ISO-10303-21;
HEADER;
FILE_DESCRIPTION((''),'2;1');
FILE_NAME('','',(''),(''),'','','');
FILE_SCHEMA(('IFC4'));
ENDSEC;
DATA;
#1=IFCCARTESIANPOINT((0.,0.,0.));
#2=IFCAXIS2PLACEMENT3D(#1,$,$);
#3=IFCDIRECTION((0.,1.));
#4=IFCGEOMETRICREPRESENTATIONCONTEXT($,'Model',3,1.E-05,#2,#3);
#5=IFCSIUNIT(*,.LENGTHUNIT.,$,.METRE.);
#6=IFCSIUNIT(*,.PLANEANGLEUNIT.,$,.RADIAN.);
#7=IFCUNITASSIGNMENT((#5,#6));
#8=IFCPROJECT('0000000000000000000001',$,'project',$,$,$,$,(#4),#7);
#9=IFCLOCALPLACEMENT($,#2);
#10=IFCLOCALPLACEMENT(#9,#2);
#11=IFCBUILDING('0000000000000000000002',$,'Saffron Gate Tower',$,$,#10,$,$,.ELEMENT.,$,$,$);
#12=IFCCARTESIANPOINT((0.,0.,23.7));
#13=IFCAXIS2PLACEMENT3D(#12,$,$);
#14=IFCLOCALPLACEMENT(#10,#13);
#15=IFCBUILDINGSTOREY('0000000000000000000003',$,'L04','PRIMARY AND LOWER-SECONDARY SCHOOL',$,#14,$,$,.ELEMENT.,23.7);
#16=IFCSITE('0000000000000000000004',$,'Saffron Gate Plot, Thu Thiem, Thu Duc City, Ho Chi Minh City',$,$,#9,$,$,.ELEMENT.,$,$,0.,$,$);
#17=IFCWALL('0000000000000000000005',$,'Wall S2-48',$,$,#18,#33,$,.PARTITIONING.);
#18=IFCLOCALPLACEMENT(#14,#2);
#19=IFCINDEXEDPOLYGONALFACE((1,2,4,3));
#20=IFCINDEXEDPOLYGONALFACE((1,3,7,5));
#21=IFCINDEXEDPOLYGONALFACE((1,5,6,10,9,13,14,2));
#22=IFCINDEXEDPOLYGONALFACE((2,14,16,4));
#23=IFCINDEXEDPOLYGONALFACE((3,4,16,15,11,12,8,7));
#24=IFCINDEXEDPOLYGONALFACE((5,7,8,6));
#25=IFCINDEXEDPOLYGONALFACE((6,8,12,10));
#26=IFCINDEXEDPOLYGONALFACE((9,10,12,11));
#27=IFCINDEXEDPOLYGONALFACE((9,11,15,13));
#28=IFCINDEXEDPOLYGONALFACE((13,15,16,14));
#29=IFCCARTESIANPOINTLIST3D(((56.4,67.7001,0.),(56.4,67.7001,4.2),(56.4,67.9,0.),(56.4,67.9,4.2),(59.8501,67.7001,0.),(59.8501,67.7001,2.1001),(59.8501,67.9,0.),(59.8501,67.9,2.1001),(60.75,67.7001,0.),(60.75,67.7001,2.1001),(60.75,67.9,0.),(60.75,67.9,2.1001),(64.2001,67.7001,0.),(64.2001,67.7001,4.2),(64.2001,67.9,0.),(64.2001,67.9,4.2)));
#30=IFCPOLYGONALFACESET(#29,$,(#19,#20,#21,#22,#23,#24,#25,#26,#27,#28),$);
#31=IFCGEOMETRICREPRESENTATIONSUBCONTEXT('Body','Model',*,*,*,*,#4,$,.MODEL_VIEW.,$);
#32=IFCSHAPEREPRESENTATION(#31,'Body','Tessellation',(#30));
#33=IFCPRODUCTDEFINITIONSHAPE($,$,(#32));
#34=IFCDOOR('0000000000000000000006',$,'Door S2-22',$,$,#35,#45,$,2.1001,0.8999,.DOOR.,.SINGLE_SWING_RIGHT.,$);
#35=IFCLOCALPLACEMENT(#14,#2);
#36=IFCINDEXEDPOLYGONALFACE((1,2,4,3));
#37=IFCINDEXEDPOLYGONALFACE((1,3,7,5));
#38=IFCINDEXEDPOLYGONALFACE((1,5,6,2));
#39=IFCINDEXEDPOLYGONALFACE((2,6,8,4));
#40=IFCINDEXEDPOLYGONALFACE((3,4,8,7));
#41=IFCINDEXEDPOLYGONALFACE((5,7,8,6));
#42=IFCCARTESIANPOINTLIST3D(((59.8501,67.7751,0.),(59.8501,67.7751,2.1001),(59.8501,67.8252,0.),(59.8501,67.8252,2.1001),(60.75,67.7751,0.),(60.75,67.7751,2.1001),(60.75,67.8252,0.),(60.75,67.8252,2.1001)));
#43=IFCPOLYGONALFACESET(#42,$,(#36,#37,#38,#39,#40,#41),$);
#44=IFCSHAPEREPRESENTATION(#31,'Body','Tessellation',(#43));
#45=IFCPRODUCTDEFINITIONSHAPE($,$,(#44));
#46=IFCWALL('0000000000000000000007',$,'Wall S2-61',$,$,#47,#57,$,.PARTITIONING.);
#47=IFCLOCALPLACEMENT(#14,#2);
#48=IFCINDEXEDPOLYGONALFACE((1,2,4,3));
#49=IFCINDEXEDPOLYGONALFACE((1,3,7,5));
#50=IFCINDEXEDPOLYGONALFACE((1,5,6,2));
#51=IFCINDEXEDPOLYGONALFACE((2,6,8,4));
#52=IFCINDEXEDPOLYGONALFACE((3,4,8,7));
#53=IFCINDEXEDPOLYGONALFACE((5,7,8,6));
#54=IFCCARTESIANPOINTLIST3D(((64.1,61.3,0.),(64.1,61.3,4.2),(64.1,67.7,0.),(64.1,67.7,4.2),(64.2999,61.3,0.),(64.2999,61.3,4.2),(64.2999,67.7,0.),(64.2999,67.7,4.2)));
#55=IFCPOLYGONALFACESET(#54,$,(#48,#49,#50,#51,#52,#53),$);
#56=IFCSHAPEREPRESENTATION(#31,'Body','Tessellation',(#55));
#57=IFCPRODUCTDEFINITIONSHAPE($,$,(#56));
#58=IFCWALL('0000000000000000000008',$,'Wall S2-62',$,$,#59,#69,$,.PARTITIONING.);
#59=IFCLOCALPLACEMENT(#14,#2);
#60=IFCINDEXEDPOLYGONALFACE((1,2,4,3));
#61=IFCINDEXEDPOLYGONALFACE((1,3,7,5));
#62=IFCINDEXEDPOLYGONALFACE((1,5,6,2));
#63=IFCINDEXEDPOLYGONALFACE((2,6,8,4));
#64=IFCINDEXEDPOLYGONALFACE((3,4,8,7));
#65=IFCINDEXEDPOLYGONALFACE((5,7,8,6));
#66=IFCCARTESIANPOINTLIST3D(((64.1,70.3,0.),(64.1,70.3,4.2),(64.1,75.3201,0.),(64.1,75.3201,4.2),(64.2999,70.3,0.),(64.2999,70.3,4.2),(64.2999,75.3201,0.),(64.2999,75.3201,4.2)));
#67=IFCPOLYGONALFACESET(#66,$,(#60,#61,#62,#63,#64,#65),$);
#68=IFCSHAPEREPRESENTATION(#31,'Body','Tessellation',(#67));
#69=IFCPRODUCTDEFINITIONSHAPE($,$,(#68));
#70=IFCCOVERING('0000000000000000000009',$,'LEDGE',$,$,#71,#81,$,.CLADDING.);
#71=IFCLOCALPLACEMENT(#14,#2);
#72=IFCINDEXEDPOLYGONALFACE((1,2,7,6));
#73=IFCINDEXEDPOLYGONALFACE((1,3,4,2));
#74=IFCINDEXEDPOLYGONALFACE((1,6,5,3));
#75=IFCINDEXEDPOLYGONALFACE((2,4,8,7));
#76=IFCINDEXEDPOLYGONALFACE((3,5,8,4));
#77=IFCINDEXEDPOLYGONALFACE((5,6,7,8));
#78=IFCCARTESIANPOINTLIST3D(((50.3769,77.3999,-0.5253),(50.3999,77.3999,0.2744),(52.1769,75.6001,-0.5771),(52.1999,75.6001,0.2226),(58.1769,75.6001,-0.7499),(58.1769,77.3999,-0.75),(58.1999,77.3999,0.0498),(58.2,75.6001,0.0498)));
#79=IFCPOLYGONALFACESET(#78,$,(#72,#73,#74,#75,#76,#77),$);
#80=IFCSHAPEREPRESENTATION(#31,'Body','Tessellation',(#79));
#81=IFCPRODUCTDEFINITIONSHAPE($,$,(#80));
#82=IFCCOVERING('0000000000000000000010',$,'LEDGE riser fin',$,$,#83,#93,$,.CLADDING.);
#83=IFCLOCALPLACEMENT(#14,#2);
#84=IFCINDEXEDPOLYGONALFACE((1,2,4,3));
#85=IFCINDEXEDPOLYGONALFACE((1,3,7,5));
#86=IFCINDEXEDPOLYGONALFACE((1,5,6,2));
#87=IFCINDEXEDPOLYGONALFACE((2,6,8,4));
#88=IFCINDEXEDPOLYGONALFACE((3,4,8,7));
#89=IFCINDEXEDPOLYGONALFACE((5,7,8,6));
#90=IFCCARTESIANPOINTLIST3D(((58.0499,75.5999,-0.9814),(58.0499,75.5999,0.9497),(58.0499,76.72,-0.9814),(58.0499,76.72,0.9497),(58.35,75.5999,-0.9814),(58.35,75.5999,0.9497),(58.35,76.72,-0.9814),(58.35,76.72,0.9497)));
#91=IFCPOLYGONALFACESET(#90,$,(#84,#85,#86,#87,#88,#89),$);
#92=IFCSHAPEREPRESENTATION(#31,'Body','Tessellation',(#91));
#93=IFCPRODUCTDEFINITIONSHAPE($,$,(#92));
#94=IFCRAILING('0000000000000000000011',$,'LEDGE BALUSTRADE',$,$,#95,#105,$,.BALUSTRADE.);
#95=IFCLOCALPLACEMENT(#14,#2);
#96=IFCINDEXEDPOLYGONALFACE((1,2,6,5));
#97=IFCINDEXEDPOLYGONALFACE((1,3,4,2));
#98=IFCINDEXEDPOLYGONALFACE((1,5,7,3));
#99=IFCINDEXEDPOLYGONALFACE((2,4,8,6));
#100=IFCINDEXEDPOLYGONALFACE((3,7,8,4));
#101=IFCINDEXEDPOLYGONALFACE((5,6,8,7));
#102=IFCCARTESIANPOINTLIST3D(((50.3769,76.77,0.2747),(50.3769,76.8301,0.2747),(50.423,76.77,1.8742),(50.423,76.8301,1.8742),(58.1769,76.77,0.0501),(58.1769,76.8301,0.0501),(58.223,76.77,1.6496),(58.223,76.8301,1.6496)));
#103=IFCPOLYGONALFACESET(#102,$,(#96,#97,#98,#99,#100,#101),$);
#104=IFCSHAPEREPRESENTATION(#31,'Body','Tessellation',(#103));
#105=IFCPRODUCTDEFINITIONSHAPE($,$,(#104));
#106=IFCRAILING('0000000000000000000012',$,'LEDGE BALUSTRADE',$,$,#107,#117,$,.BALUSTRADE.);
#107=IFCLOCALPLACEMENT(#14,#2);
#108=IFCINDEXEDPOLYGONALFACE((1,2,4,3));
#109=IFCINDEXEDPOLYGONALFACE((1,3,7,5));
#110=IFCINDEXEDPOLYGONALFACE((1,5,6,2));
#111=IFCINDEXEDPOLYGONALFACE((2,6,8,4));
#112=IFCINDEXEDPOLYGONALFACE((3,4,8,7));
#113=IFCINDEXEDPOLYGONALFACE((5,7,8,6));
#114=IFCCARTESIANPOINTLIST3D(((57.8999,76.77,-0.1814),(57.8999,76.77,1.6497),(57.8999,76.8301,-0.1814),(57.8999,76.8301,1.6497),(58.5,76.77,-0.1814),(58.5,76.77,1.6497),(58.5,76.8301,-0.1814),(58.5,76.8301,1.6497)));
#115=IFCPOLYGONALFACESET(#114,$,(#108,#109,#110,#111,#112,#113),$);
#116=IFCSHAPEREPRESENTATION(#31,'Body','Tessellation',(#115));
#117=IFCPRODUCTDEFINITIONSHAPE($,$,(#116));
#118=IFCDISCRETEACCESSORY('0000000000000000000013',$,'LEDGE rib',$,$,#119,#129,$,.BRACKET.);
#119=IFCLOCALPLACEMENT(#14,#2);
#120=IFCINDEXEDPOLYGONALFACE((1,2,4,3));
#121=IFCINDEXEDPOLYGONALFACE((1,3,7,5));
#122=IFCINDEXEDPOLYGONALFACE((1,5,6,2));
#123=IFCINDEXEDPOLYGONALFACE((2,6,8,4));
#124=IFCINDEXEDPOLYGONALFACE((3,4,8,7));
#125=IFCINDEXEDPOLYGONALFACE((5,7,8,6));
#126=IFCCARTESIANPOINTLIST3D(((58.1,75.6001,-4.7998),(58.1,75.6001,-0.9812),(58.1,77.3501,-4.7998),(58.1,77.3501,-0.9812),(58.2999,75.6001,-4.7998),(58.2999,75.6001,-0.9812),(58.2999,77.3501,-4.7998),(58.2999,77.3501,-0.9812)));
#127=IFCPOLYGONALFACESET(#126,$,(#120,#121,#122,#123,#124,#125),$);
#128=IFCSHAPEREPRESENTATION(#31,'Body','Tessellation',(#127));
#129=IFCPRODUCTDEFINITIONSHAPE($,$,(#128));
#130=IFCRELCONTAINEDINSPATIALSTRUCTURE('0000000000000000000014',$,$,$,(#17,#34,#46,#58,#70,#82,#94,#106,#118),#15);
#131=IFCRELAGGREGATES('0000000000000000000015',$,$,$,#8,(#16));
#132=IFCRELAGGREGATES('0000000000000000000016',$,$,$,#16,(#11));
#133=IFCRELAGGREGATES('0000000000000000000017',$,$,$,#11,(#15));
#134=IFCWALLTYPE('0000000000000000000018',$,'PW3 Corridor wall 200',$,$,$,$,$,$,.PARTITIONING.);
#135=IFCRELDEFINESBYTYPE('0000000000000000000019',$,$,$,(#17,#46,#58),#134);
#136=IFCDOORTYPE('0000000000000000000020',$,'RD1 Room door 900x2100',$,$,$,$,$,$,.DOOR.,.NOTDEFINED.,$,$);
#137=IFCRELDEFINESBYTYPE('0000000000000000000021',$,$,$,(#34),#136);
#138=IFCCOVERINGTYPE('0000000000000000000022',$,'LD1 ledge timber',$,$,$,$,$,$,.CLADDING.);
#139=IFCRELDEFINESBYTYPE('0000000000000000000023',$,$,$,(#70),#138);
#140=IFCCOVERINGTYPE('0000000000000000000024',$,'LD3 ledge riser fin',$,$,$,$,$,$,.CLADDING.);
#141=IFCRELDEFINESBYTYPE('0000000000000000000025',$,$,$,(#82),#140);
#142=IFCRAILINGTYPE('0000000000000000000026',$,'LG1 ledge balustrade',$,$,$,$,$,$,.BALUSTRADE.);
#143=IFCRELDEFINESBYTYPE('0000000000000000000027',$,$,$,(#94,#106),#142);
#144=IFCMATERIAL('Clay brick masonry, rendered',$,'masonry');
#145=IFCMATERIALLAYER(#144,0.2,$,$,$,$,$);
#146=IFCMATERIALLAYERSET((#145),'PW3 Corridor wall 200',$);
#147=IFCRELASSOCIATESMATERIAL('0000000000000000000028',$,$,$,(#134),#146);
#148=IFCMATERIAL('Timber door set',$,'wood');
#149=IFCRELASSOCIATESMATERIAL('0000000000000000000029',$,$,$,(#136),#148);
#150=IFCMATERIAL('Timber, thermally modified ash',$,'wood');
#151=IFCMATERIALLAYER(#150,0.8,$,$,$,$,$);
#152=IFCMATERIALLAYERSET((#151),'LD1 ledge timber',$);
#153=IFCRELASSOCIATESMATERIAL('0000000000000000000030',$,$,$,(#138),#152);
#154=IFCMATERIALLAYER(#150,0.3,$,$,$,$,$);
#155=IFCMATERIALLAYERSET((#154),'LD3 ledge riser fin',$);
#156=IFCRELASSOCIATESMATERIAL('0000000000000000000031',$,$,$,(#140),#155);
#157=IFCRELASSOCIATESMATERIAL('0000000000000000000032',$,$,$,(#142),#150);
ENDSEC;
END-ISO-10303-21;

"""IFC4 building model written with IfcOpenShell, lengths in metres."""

from ifc_helpers import new_model, si_unit, direction, frame, frame_2d, origin, origin_2d, place, context, subcontext, project, spatial, polyline, rectangle, outline, extrude, material, layer, layer_set, type_object, element, fill, save


model = new_model("IFC4")

# Units and contexts
model_context = context("Model", 3, precision=1e-05, world=origin(), true_north=direction((0.0, 1.0)))
body_context = subcontext(model_context, "Body", "Model", "MODEL_VIEW")
ifc_project = project(units=[si_unit("LENGTHUNIT", "METRE"), si_unit("PLANEANGLEUNIT", "RADIAN")], contexts=[model_context])

# Site, building, storey
site_placement = place(None, origin())
site = spatial("IfcSite", under=ifc_project, at=site_placement, Name="Saffron Gate Plot, Thu Thiem, Thu Duc City, Ho Chi Minh City", CompositionType="ELEMENT", RefElevation=0.0)
building_placement = place(site_placement, origin())
building = spatial("IfcBuilding", under=site, at=building_placement, Name="Saffron Gate Tower", CompositionType="ELEMENT")
storey_placement = place(building_placement, frame((0.0, 0.0, 23.7)))
storey = spatial("IfcBuildingStorey", under=building, at=storey_placement, Name="L04", Description="PRIMARY AND LOWER-SECONDARY SCHOOL", CompositionType="ELEMENT", Elevation=23.7)

# Wall, opening, door
ifc_material_1 = material(Name="Clay brick masonry, rendered", Category="masonry")
ifc_layer_1 = layer(ifc_material_1, 0.2)
ifc_layer_set_1 = layer_set([ifc_layer_1], Name="PW3 Corridor wall 200")
wall_type_1 = type_object("IfcWallType", Name="PW3 Corridor wall 200", PredefinedType="PARTITIONING", material=ifc_layer_set_1)
wall_1_placement = place(storey_placement, frame((64.2, 67.8, 0.0), z_axis=(0.0, 0.0, 1.0), x_axis=(-1.0, 0.0, 0.0)))
wall_1 = element("IfcWall", 1, at=wall_1_placement, inside=storey, type_object=wall_type_1, Name="Wall S2-48", PredefinedType="PARTITIONING", context=body_context, shape_type="SweptSolid", body=[
    extrude(rectangle(XDim=7.8, YDim=0.2, at=frame_2d((3.8999, 0.0))), origin(), (0.0, 0.0, 1.0), 4.2),
])
opening_1_placement = place(wall_1_placement, frame((3.45, 0.0, 0.0)))
opening_1 = element("IfcOpeningElement", 2, at=opening_1_placement, cuts=wall_1, PredefinedType="OPENING", context=body_context, shape_type="SweptSolid", body=[
    extrude(rectangle(XDim=0.8999, YDim=2.1001, at=frame_2d((0.45, 1.05))), frame((0.0, 0.1099, 0.0), z_axis=(0.0, -1.0, 0.0), x_axis=(1.0, 0.0, 0.0)), (0.0, 0.0, 1.0), 0.22),
])
ifc_material_2 = material(Name="Timber door set", Category="wood")
door_type_1 = type_object("IfcDoorType", Name="RD1 Room door 900x2100", OperationType="NOTDEFINED", PredefinedType="DOOR", material=ifc_material_2)
door_1_placement = place(opening_1_placement, origin())
door_1 = element("IfcDoor", 3, at=door_1_placement, inside=storey, type_object=door_type_1, Name="Door S2-22", OperationType="SINGLE_SWING_RIGHT", OverallHeight=2.1001, OverallWidth=0.8999, PredefinedType="DOOR", context=body_context, shape_type="SweptSolid", body=[
    extrude(rectangle(XDim=0.8999, YDim=2.1001, at=frame_2d((0.45, 1.05))), frame((0.0, 0.0249, 0.0), z_axis=(0.0, -1.0, 0.0), x_axis=(1.0, 0.0, 0.0)), (0.0, 0.0, 1.0), 0.05),
])
fill(opening_1, door_1)

# Walls
wall_2_placement = place(storey_placement, frame((64.2, 67.7, 0.0), z_axis=(0.0, 0.0, 1.0), x_axis=(0.0, -1.0, 0.0)))
element("IfcWall", 4, at=wall_2_placement, inside=storey, type_object=wall_type_1, Name="Wall S2-61", PredefinedType="PARTITIONING", context=body_context, shape_type="SweptSolid", body=[
    extrude(rectangle(XDim=6.3999, YDim=0.2, at=frame_2d((3.2, 0.0))), origin(), (0.0, 0.0, 1.0), 4.2),
])
wall_3_placement = place(storey_placement, frame((64.2, 75.3201, 0.0), z_axis=(0.0, 0.0, 1.0), x_axis=(0.0, -1.0, 0.0)))
element("IfcWall", 5, at=wall_3_placement, inside=storey, type_object=wall_type_1, Name="Wall S2-62", PredefinedType="PARTITIONING", context=body_context, shape_type="SweptSolid", body=[
    extrude(rectangle(XDim=5.02, YDim=0.2, at=frame_2d((2.51, 0.0))), origin(), (0.0, 0.0, 1.0), 4.2),
])

# Coverings
ifc_material_3 = material(Name="Timber, thermally modified ash", Category="wood")
ifc_layer_2 = layer(ifc_material_3, 0.8)
ifc_layer_set_2 = layer_set([ifc_layer_2], Name="LD1 ledge timber")
covering_type_1 = type_object("IfcCoveringType", Name="LD1 ledge timber", PredefinedType="CLADDING", material=ifc_layer_set_2)
covering_1_placement = place(storey_placement, frame((58.2, 75.6001, 0.0498), z_axis=(0.028789, 0.000024, 0.999585), x_axis=(-0.999585, 0.0, 0.028789)))
element("IfcCovering", 6, at=covering_1_placement, inside=storey, type_object=covering_type_1, Name="LEDGE", PredefinedType="CLADDING", context=body_context, shape_type="SweptSolid", body=[
    extrude(outline(polyline([(0.0, 0.0), (6.0025, 0.0), (7.8033, -1.7998), (0.0, -1.7998), (0.0, 0.0)])), origin(), (0.0, 0.0, -1.0), 0.8),
])
ifc_layer_3 = layer(ifc_material_3, 0.3)
ifc_layer_set_3 = layer_set([ifc_layer_3], Name="LD3 ledge riser fin")
covering_type_2 = type_object("IfcCoveringType", Name="LD3 ledge riser fin", PredefinedType="CLADDING", material=ifc_layer_set_3)
covering_2_placement = place(storey_placement, frame((58.2, 76.1599, -0.9814), z_axis=(0.0, 0.0, 1.0), x_axis=(-1.0, 0.0, 0.0)))
element("IfcCovering", 7, at=covering_2_placement, inside=storey, type_object=covering_type_2, Name="LEDGE riser fin", PredefinedType="CLADDING", context=body_context, shape_type="SweptSolid", body=[
    extrude(rectangle(XDim=0.3, YDim=1.1201, at=origin_2d()), origin(), (0.0, 0.0, 1.0), 1.9312),
])

# Railings
railing_type = type_object("IfcRailingType", Name="LG1 ledge balustrade", PredefinedType="BALUSTRADE", material=ifc_material_3)
railing_1_placement = place(storey_placement, frame((58.2, 76.8, 0.0498)))
element("IfcRailing", 8, at=railing_1_placement, inside=storey, type_object=railing_type, Name="LEDGE BALUSTRADE", PredefinedType="BALUSTRADE", context=body_context, shape_type="SweptSolid", body=[
    extrude(rectangle(XDim=0.0601, YDim=1.6001, at=origin_2d()), frame((0.0, 0.0, 0.8), z_axis=(-0.999586, 0.0, 0.028784), x_axis=(0.0, -1.0, 0.0)), (0.0, 0.0, 1.0), 7.8032),
])
railing_2_placement = place(storey_placement, frame((58.5, 76.8, -0.1814)))
element("IfcRailing", 9, at=railing_2_placement, inside=storey, type_object=railing_type, Name="LEDGE BALUSTRADE", PredefinedType="BALUSTRADE", context=body_context, shape_type="SweptSolid", body=[
    extrude(rectangle(XDim=0.0601, YDim=1.8311, at=origin_2d()), frame((0.0, 0.0, 0.9155), z_axis=(-1.0, 0.0, 0.0), x_axis=(0.0, -1.0, 0.0)), (0.0, 0.0, 1.0), 0.6001),
])

# Discrete accessory
discrete_accessory_placement = place(storey_placement, frame((58.2, 76.4751, -4.7998), z_axis=(0.0, 0.0, 1.0), x_axis=(-1.0, 0.0, 0.0)))
element("IfcDiscreteAccessory", 10, at=discrete_accessory_placement, inside=storey, Name="LEDGE rib", PredefinedType="BRACKET", context=body_context, shape_type="SweptSolid", body=[
    extrude(rectangle(XDim=0.2, YDim=1.75, at=origin_2d()), origin(), (0.0, 0.0, 1.0), 3.8186),
])

save(model, "model.ifc")
